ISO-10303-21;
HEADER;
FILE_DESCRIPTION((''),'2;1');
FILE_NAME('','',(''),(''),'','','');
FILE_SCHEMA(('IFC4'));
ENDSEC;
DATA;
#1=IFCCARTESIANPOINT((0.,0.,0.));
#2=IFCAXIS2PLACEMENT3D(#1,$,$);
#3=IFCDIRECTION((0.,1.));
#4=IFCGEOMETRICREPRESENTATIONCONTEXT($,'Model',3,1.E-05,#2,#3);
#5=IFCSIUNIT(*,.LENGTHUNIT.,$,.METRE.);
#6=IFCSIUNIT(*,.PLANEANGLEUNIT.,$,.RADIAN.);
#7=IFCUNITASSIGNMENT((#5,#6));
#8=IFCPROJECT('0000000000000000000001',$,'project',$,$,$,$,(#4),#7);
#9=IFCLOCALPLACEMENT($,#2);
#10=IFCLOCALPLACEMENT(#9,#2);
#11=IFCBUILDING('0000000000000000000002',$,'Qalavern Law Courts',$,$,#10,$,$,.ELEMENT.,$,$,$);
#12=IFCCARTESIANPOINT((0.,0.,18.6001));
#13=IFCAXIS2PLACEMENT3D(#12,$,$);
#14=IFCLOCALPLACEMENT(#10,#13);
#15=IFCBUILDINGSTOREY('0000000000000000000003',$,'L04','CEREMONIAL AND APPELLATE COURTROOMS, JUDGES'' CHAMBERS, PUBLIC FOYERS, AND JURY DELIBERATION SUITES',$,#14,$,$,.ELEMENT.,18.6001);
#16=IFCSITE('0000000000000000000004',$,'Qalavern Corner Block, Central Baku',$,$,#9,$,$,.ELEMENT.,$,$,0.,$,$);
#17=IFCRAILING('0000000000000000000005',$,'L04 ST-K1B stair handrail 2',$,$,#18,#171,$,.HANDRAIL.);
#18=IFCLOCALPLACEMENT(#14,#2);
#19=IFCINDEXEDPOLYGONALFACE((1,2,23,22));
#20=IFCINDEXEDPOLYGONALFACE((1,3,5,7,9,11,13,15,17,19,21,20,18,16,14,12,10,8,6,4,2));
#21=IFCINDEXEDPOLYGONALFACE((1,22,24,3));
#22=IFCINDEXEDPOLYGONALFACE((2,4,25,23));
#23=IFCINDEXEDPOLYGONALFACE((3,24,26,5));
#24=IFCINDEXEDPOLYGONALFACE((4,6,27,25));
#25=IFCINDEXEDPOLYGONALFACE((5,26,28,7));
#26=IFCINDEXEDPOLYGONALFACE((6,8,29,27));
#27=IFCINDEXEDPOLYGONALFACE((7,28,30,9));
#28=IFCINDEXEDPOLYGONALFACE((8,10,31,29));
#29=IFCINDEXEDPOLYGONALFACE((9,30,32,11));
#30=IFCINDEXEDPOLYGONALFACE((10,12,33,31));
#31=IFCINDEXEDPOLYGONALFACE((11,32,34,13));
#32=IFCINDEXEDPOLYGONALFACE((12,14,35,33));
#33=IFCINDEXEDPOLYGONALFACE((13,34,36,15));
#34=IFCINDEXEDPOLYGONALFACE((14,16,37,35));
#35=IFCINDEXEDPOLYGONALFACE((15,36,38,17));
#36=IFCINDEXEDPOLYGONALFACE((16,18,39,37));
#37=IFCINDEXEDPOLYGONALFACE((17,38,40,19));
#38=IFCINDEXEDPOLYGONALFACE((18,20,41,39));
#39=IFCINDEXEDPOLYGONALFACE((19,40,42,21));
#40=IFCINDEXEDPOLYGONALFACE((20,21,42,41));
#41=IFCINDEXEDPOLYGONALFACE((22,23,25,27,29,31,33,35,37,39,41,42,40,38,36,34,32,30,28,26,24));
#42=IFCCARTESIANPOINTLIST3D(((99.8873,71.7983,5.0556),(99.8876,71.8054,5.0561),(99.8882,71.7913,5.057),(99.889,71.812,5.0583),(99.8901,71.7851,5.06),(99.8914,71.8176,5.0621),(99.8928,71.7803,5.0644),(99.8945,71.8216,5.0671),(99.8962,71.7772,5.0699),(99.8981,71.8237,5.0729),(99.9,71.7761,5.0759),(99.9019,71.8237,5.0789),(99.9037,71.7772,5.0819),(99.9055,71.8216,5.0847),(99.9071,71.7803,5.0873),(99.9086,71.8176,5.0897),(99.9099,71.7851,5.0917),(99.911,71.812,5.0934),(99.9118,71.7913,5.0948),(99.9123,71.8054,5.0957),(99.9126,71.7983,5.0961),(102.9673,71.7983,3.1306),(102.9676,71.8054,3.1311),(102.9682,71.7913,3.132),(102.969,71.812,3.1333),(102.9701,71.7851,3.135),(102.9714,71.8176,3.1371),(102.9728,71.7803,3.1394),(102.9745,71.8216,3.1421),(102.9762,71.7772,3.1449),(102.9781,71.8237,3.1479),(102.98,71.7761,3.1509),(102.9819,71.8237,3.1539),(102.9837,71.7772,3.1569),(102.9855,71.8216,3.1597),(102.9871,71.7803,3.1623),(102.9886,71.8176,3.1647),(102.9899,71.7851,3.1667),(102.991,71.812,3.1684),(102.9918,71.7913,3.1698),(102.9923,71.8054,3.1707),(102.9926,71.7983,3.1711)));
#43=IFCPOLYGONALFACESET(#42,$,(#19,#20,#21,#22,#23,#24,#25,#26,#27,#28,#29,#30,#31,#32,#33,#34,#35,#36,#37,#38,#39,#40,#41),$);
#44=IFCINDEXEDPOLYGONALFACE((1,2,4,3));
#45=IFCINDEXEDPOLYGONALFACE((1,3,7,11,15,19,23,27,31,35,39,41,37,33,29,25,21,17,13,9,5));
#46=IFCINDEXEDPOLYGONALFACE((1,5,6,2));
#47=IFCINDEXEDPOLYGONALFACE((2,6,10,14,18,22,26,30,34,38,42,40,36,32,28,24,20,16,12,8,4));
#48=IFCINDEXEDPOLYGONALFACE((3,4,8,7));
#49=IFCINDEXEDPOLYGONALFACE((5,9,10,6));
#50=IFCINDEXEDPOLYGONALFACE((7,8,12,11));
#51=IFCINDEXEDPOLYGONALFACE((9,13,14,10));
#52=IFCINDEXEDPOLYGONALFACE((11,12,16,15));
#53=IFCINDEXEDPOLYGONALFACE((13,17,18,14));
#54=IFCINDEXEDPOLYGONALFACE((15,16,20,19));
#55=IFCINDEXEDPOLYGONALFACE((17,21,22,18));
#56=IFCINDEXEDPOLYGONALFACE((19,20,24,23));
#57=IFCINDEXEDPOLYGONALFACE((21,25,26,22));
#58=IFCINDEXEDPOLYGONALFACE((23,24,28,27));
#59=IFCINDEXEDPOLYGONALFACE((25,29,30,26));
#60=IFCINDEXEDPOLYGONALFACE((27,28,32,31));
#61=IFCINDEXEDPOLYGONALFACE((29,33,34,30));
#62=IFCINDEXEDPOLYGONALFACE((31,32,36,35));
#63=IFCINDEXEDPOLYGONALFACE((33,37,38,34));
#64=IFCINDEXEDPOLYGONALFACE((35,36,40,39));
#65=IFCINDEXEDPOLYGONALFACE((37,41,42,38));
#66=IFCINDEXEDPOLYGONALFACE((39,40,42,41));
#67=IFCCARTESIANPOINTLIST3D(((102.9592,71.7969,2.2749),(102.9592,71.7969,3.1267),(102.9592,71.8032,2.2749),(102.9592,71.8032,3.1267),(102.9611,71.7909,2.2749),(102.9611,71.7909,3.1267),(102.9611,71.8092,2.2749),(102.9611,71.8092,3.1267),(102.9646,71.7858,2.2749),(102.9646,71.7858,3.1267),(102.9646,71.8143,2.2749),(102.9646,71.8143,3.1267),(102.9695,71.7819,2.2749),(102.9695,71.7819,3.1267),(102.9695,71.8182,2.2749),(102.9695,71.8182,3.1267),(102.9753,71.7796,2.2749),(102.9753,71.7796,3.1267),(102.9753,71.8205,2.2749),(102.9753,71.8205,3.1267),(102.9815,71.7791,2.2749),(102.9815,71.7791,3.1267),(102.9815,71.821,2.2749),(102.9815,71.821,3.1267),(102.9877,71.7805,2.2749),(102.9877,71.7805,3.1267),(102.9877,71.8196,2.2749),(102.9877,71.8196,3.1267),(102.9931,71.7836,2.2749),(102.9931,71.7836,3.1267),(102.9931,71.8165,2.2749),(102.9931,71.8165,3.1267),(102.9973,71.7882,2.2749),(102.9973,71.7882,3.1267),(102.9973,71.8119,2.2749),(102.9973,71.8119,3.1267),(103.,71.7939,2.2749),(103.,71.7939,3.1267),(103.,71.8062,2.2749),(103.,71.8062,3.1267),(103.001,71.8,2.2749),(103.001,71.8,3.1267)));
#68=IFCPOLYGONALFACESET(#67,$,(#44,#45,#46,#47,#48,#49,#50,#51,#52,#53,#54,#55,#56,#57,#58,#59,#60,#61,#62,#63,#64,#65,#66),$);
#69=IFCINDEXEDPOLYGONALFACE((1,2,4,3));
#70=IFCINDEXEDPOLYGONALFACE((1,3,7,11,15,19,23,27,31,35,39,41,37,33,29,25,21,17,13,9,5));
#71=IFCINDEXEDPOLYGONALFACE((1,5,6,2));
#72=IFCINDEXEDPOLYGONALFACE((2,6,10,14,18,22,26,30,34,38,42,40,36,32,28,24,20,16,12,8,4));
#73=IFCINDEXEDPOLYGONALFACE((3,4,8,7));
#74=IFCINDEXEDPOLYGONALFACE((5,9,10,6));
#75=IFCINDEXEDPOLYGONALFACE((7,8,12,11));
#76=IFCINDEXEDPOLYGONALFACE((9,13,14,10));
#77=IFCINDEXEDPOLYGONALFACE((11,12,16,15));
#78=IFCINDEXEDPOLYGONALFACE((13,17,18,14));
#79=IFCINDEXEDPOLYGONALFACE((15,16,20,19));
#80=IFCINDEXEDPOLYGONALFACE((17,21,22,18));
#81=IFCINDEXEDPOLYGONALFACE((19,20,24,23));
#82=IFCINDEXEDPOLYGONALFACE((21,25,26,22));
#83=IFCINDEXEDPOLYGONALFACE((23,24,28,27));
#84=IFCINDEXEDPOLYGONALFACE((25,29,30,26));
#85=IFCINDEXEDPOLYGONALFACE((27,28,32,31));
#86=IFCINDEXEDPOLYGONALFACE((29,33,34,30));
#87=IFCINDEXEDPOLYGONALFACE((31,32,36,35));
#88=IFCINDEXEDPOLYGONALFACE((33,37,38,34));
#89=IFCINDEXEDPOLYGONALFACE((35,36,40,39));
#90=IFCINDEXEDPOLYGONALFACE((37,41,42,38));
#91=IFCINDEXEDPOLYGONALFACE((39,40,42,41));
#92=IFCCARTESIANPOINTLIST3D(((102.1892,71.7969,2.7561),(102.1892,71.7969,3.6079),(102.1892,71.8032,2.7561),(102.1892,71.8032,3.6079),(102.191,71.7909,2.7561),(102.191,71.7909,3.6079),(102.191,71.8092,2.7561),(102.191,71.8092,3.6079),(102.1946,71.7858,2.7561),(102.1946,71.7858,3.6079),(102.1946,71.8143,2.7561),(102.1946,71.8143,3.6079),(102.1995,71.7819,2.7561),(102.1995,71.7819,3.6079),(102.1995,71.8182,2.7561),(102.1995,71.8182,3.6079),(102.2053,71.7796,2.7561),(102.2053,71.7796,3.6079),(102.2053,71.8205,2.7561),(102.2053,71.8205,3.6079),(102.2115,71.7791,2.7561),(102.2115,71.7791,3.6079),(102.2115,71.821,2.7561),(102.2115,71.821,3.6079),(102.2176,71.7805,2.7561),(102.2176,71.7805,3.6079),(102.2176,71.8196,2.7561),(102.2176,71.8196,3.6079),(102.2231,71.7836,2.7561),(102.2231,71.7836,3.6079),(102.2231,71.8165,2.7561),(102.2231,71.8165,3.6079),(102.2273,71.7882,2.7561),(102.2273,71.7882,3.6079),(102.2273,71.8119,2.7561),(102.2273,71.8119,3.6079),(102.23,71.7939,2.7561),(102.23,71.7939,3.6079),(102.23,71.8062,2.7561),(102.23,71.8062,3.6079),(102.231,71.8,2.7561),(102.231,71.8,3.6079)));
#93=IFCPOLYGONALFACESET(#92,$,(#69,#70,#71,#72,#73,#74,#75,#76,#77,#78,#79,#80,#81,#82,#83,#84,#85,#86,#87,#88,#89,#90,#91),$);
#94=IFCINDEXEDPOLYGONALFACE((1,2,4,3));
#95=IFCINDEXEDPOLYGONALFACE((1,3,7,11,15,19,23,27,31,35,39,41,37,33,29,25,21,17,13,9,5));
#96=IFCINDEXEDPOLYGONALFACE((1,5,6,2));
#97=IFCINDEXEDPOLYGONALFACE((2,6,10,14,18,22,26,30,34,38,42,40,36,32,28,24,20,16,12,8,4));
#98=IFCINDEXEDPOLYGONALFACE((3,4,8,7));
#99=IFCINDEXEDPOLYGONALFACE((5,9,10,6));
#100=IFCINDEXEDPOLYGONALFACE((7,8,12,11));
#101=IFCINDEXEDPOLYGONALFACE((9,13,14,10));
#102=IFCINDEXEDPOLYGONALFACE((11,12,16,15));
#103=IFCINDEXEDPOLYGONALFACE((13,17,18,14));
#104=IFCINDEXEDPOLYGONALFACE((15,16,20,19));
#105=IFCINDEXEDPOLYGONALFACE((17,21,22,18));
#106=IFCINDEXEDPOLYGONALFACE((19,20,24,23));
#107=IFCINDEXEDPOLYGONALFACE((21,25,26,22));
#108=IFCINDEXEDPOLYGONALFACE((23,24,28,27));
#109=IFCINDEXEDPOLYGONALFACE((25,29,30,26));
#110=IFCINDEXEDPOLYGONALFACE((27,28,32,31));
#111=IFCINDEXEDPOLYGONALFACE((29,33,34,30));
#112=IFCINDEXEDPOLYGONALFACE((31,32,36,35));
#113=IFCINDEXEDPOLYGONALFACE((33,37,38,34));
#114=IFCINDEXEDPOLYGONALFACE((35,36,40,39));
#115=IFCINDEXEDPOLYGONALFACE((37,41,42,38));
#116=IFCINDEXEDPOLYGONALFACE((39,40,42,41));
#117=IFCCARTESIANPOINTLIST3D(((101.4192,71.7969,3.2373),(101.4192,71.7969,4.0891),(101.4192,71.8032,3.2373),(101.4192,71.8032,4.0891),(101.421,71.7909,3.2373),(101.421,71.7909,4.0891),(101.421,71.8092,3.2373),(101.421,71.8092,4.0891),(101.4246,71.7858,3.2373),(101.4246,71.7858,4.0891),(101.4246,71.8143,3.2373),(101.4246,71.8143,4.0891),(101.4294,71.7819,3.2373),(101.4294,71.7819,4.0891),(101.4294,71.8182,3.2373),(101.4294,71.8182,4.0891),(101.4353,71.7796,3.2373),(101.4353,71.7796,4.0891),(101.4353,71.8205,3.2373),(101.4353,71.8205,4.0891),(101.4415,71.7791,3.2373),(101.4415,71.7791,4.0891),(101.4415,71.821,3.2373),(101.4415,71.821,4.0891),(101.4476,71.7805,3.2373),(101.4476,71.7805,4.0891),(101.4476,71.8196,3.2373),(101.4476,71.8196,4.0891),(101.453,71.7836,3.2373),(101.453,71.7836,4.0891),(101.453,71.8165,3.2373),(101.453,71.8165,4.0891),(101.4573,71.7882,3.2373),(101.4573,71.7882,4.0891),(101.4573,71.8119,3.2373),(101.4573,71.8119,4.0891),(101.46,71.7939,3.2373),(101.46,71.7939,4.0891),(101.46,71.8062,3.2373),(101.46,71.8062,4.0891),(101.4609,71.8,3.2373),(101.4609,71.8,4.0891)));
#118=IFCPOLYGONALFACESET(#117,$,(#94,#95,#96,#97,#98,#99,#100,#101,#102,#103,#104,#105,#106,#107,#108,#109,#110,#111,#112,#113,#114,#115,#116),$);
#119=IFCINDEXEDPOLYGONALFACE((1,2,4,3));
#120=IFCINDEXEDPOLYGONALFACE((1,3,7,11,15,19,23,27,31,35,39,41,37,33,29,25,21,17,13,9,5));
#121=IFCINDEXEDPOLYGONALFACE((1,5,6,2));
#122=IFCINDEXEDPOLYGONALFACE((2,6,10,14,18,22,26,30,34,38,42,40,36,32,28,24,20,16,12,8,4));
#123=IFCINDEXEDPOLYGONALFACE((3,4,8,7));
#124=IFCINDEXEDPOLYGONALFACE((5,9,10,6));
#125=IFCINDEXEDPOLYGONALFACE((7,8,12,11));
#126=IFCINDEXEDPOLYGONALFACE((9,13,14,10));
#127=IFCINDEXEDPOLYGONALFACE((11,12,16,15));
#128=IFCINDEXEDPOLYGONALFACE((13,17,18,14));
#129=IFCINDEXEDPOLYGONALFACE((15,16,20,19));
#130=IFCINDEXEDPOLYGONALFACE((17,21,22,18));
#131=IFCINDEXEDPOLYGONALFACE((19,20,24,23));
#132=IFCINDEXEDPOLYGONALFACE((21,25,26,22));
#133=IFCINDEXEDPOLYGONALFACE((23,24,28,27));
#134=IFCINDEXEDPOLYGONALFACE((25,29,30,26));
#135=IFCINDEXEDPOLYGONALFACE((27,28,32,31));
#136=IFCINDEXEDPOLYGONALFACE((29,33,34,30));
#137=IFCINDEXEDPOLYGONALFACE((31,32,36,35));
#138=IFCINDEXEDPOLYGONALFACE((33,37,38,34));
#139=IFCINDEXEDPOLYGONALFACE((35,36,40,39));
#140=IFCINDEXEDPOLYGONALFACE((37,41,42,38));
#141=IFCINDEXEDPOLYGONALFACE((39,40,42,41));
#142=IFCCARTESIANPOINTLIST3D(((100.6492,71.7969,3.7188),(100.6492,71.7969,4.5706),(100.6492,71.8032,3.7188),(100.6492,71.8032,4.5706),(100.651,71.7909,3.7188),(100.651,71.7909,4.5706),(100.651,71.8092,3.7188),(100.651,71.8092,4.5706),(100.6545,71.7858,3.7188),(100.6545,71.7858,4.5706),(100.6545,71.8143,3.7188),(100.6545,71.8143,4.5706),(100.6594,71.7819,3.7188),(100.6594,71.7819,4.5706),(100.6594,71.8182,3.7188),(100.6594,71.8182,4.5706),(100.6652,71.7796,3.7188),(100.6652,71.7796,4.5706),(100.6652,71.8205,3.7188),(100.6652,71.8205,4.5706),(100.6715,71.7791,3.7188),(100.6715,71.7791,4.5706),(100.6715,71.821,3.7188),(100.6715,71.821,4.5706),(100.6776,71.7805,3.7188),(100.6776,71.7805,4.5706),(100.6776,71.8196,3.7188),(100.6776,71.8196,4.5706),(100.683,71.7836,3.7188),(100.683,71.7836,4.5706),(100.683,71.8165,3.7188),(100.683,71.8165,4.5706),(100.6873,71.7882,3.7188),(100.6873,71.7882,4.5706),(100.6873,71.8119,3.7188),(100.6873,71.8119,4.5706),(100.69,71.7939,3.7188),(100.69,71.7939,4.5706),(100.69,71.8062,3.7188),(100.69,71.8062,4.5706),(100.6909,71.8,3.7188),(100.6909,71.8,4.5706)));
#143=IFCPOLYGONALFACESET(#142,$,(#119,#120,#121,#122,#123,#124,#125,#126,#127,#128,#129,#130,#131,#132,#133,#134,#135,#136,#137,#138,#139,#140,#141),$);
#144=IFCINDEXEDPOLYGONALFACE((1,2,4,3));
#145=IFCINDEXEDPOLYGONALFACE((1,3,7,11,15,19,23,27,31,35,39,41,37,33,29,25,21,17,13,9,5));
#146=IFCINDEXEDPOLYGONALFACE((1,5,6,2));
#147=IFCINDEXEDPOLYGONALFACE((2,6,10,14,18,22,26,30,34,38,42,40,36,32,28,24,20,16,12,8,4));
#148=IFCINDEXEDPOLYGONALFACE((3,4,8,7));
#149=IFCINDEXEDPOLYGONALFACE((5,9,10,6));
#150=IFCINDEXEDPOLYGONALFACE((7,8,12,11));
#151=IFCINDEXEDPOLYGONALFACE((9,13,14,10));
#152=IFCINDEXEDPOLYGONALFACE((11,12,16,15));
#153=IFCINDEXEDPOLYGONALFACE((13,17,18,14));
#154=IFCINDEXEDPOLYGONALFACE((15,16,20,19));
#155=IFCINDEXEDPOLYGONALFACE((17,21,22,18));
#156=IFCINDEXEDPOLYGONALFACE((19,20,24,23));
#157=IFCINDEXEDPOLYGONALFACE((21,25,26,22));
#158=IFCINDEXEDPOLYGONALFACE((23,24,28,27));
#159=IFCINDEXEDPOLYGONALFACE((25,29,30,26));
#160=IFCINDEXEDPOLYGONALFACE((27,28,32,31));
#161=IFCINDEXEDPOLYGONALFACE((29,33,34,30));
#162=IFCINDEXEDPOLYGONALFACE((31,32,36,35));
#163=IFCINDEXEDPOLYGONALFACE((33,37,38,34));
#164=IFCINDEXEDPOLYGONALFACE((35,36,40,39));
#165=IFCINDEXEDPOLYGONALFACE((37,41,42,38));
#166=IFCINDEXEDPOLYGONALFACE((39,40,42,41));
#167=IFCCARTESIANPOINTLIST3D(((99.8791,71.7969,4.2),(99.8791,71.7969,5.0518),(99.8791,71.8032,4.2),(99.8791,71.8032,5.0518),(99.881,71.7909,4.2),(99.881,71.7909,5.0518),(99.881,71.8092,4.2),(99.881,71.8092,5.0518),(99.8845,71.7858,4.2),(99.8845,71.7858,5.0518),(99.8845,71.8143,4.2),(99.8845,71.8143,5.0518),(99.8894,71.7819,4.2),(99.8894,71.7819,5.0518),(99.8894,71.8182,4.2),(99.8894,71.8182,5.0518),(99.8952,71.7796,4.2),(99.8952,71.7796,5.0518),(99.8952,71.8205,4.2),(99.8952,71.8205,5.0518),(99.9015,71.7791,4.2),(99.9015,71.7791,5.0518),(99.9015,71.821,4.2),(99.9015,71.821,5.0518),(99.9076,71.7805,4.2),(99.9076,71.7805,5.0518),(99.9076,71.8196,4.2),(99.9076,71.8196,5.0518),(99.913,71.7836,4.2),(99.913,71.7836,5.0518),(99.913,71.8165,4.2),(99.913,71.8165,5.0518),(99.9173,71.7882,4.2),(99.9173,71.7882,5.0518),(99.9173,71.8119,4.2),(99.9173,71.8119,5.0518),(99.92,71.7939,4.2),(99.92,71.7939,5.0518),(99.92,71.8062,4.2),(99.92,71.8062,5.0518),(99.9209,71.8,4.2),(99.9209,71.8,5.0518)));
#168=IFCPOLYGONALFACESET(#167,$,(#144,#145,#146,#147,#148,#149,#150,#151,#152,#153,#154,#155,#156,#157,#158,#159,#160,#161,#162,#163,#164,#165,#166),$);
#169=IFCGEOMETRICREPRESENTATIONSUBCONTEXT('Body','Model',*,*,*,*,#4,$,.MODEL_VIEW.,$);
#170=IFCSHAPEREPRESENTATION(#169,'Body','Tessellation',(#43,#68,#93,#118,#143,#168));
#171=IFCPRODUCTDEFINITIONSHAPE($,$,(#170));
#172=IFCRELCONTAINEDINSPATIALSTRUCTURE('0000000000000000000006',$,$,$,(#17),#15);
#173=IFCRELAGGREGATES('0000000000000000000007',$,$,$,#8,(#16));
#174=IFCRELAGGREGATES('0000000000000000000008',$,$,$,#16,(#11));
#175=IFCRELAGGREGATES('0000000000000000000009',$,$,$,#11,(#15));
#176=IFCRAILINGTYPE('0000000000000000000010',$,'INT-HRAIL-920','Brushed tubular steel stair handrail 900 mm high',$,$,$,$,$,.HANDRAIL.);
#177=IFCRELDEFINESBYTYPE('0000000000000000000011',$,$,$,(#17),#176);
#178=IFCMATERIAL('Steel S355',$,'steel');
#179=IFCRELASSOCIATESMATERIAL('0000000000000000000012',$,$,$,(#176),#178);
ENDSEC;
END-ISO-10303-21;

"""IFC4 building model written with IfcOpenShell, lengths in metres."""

from ifc_helpers import new_model, si_unit, direction, frame, origin, origin_2d, place, context, subcontext, project, spatial, circle, extrude, material, type_object, element, save


model = new_model("IFC4")

# Units and contexts
model_context = context("Model", 3, precision=1e-05, world=origin(), true_north=direction((0.0, 1.0)))
body_context = subcontext(model_context, "Body", "Model", "MODEL_VIEW")
ifc_project = project(units=[si_unit("LENGTHUNIT", "METRE"), si_unit("PLANEANGLEUNIT", "RADIAN")], contexts=[model_context])

# Site, building, storey
site_placement = place(None, origin())
site = spatial("IfcSite", under=ifc_project, at=site_placement, Name="Qalavern Corner Block, Central Baku", CompositionType="ELEMENT", RefElevation=0.0)
building_placement = place(site_placement, origin())
building = spatial("IfcBuilding", under=site, at=building_placement, Name="Qalavern Law Courts", CompositionType="ELEMENT")
storey_placement = place(building_placement, frame((0.0, 0.0, 18.6001)))
storey = spatial("IfcBuildingStorey", under=building, at=storey_placement, Name="L04", Description="CEREMONIAL AND APPELLATE COURTROOMS, JUDGES' CHAMBERS, PUBLIC FOYERS, AND JURY DELIBERATION SUITES", CompositionType="ELEMENT", Elevation=18.6001)

# Shared definitions
ifc_material_1 = material(Name="Steel S355", Category="steel")

# Railing
railing_type_1 = type_object("IfcRailingType", Name="INT-HRAIL-920", Description="Brushed tubular steel stair handrail 900 mm high", PredefinedType="HANDRAIL", material=ifc_material_1)
railing_1_placement = place(storey_placement, frame((102.98, 71.8, 2.2749)))
element("IfcRailing", 1, at=railing_1_placement, inside=storey, type_object=railing_type_1, Name="L04 ST-K1B stair handrail 2", PredefinedType="HANDRAIL", context=body_context, shape_type="SweptSolid", body=[
    extrude(circle(Radius=0.0239, at=origin_2d()), frame((0.0, 0.0, 0.876), z_axis=(-0.847998, 0.0, 0.529999), x_axis=(0.0, -1.0, 0.0)), (0.0, 0.0, 1.0), 3.6321),
    extrude(circle(Radius=0.021, at=origin_2d()), origin(), (0.0, 0.0, 1.0), 0.8518),
    extrude(circle(Radius=0.021, at=origin_2d()), frame((-0.77, 0.0, 0.4812)), (0.0, 0.0, 1.0), 0.8518),
    extrude(circle(Radius=0.021, at=origin_2d()), frame((-1.54, 0.0, 0.9624)), (0.0, 0.0, 1.0), 0.8518),
    extrude(circle(Radius=0.021, at=origin_2d()), frame((-2.3101, 0.0, 1.4438)), (0.0, 0.0, 1.0), 0.8518),
    extrude(circle(Radius=0.021, at=origin_2d()), frame((-3.0801, 0.0, 1.925)), (0.0, 0.0, 1.0), 0.8518),
])

save(model, "model.ifc")
